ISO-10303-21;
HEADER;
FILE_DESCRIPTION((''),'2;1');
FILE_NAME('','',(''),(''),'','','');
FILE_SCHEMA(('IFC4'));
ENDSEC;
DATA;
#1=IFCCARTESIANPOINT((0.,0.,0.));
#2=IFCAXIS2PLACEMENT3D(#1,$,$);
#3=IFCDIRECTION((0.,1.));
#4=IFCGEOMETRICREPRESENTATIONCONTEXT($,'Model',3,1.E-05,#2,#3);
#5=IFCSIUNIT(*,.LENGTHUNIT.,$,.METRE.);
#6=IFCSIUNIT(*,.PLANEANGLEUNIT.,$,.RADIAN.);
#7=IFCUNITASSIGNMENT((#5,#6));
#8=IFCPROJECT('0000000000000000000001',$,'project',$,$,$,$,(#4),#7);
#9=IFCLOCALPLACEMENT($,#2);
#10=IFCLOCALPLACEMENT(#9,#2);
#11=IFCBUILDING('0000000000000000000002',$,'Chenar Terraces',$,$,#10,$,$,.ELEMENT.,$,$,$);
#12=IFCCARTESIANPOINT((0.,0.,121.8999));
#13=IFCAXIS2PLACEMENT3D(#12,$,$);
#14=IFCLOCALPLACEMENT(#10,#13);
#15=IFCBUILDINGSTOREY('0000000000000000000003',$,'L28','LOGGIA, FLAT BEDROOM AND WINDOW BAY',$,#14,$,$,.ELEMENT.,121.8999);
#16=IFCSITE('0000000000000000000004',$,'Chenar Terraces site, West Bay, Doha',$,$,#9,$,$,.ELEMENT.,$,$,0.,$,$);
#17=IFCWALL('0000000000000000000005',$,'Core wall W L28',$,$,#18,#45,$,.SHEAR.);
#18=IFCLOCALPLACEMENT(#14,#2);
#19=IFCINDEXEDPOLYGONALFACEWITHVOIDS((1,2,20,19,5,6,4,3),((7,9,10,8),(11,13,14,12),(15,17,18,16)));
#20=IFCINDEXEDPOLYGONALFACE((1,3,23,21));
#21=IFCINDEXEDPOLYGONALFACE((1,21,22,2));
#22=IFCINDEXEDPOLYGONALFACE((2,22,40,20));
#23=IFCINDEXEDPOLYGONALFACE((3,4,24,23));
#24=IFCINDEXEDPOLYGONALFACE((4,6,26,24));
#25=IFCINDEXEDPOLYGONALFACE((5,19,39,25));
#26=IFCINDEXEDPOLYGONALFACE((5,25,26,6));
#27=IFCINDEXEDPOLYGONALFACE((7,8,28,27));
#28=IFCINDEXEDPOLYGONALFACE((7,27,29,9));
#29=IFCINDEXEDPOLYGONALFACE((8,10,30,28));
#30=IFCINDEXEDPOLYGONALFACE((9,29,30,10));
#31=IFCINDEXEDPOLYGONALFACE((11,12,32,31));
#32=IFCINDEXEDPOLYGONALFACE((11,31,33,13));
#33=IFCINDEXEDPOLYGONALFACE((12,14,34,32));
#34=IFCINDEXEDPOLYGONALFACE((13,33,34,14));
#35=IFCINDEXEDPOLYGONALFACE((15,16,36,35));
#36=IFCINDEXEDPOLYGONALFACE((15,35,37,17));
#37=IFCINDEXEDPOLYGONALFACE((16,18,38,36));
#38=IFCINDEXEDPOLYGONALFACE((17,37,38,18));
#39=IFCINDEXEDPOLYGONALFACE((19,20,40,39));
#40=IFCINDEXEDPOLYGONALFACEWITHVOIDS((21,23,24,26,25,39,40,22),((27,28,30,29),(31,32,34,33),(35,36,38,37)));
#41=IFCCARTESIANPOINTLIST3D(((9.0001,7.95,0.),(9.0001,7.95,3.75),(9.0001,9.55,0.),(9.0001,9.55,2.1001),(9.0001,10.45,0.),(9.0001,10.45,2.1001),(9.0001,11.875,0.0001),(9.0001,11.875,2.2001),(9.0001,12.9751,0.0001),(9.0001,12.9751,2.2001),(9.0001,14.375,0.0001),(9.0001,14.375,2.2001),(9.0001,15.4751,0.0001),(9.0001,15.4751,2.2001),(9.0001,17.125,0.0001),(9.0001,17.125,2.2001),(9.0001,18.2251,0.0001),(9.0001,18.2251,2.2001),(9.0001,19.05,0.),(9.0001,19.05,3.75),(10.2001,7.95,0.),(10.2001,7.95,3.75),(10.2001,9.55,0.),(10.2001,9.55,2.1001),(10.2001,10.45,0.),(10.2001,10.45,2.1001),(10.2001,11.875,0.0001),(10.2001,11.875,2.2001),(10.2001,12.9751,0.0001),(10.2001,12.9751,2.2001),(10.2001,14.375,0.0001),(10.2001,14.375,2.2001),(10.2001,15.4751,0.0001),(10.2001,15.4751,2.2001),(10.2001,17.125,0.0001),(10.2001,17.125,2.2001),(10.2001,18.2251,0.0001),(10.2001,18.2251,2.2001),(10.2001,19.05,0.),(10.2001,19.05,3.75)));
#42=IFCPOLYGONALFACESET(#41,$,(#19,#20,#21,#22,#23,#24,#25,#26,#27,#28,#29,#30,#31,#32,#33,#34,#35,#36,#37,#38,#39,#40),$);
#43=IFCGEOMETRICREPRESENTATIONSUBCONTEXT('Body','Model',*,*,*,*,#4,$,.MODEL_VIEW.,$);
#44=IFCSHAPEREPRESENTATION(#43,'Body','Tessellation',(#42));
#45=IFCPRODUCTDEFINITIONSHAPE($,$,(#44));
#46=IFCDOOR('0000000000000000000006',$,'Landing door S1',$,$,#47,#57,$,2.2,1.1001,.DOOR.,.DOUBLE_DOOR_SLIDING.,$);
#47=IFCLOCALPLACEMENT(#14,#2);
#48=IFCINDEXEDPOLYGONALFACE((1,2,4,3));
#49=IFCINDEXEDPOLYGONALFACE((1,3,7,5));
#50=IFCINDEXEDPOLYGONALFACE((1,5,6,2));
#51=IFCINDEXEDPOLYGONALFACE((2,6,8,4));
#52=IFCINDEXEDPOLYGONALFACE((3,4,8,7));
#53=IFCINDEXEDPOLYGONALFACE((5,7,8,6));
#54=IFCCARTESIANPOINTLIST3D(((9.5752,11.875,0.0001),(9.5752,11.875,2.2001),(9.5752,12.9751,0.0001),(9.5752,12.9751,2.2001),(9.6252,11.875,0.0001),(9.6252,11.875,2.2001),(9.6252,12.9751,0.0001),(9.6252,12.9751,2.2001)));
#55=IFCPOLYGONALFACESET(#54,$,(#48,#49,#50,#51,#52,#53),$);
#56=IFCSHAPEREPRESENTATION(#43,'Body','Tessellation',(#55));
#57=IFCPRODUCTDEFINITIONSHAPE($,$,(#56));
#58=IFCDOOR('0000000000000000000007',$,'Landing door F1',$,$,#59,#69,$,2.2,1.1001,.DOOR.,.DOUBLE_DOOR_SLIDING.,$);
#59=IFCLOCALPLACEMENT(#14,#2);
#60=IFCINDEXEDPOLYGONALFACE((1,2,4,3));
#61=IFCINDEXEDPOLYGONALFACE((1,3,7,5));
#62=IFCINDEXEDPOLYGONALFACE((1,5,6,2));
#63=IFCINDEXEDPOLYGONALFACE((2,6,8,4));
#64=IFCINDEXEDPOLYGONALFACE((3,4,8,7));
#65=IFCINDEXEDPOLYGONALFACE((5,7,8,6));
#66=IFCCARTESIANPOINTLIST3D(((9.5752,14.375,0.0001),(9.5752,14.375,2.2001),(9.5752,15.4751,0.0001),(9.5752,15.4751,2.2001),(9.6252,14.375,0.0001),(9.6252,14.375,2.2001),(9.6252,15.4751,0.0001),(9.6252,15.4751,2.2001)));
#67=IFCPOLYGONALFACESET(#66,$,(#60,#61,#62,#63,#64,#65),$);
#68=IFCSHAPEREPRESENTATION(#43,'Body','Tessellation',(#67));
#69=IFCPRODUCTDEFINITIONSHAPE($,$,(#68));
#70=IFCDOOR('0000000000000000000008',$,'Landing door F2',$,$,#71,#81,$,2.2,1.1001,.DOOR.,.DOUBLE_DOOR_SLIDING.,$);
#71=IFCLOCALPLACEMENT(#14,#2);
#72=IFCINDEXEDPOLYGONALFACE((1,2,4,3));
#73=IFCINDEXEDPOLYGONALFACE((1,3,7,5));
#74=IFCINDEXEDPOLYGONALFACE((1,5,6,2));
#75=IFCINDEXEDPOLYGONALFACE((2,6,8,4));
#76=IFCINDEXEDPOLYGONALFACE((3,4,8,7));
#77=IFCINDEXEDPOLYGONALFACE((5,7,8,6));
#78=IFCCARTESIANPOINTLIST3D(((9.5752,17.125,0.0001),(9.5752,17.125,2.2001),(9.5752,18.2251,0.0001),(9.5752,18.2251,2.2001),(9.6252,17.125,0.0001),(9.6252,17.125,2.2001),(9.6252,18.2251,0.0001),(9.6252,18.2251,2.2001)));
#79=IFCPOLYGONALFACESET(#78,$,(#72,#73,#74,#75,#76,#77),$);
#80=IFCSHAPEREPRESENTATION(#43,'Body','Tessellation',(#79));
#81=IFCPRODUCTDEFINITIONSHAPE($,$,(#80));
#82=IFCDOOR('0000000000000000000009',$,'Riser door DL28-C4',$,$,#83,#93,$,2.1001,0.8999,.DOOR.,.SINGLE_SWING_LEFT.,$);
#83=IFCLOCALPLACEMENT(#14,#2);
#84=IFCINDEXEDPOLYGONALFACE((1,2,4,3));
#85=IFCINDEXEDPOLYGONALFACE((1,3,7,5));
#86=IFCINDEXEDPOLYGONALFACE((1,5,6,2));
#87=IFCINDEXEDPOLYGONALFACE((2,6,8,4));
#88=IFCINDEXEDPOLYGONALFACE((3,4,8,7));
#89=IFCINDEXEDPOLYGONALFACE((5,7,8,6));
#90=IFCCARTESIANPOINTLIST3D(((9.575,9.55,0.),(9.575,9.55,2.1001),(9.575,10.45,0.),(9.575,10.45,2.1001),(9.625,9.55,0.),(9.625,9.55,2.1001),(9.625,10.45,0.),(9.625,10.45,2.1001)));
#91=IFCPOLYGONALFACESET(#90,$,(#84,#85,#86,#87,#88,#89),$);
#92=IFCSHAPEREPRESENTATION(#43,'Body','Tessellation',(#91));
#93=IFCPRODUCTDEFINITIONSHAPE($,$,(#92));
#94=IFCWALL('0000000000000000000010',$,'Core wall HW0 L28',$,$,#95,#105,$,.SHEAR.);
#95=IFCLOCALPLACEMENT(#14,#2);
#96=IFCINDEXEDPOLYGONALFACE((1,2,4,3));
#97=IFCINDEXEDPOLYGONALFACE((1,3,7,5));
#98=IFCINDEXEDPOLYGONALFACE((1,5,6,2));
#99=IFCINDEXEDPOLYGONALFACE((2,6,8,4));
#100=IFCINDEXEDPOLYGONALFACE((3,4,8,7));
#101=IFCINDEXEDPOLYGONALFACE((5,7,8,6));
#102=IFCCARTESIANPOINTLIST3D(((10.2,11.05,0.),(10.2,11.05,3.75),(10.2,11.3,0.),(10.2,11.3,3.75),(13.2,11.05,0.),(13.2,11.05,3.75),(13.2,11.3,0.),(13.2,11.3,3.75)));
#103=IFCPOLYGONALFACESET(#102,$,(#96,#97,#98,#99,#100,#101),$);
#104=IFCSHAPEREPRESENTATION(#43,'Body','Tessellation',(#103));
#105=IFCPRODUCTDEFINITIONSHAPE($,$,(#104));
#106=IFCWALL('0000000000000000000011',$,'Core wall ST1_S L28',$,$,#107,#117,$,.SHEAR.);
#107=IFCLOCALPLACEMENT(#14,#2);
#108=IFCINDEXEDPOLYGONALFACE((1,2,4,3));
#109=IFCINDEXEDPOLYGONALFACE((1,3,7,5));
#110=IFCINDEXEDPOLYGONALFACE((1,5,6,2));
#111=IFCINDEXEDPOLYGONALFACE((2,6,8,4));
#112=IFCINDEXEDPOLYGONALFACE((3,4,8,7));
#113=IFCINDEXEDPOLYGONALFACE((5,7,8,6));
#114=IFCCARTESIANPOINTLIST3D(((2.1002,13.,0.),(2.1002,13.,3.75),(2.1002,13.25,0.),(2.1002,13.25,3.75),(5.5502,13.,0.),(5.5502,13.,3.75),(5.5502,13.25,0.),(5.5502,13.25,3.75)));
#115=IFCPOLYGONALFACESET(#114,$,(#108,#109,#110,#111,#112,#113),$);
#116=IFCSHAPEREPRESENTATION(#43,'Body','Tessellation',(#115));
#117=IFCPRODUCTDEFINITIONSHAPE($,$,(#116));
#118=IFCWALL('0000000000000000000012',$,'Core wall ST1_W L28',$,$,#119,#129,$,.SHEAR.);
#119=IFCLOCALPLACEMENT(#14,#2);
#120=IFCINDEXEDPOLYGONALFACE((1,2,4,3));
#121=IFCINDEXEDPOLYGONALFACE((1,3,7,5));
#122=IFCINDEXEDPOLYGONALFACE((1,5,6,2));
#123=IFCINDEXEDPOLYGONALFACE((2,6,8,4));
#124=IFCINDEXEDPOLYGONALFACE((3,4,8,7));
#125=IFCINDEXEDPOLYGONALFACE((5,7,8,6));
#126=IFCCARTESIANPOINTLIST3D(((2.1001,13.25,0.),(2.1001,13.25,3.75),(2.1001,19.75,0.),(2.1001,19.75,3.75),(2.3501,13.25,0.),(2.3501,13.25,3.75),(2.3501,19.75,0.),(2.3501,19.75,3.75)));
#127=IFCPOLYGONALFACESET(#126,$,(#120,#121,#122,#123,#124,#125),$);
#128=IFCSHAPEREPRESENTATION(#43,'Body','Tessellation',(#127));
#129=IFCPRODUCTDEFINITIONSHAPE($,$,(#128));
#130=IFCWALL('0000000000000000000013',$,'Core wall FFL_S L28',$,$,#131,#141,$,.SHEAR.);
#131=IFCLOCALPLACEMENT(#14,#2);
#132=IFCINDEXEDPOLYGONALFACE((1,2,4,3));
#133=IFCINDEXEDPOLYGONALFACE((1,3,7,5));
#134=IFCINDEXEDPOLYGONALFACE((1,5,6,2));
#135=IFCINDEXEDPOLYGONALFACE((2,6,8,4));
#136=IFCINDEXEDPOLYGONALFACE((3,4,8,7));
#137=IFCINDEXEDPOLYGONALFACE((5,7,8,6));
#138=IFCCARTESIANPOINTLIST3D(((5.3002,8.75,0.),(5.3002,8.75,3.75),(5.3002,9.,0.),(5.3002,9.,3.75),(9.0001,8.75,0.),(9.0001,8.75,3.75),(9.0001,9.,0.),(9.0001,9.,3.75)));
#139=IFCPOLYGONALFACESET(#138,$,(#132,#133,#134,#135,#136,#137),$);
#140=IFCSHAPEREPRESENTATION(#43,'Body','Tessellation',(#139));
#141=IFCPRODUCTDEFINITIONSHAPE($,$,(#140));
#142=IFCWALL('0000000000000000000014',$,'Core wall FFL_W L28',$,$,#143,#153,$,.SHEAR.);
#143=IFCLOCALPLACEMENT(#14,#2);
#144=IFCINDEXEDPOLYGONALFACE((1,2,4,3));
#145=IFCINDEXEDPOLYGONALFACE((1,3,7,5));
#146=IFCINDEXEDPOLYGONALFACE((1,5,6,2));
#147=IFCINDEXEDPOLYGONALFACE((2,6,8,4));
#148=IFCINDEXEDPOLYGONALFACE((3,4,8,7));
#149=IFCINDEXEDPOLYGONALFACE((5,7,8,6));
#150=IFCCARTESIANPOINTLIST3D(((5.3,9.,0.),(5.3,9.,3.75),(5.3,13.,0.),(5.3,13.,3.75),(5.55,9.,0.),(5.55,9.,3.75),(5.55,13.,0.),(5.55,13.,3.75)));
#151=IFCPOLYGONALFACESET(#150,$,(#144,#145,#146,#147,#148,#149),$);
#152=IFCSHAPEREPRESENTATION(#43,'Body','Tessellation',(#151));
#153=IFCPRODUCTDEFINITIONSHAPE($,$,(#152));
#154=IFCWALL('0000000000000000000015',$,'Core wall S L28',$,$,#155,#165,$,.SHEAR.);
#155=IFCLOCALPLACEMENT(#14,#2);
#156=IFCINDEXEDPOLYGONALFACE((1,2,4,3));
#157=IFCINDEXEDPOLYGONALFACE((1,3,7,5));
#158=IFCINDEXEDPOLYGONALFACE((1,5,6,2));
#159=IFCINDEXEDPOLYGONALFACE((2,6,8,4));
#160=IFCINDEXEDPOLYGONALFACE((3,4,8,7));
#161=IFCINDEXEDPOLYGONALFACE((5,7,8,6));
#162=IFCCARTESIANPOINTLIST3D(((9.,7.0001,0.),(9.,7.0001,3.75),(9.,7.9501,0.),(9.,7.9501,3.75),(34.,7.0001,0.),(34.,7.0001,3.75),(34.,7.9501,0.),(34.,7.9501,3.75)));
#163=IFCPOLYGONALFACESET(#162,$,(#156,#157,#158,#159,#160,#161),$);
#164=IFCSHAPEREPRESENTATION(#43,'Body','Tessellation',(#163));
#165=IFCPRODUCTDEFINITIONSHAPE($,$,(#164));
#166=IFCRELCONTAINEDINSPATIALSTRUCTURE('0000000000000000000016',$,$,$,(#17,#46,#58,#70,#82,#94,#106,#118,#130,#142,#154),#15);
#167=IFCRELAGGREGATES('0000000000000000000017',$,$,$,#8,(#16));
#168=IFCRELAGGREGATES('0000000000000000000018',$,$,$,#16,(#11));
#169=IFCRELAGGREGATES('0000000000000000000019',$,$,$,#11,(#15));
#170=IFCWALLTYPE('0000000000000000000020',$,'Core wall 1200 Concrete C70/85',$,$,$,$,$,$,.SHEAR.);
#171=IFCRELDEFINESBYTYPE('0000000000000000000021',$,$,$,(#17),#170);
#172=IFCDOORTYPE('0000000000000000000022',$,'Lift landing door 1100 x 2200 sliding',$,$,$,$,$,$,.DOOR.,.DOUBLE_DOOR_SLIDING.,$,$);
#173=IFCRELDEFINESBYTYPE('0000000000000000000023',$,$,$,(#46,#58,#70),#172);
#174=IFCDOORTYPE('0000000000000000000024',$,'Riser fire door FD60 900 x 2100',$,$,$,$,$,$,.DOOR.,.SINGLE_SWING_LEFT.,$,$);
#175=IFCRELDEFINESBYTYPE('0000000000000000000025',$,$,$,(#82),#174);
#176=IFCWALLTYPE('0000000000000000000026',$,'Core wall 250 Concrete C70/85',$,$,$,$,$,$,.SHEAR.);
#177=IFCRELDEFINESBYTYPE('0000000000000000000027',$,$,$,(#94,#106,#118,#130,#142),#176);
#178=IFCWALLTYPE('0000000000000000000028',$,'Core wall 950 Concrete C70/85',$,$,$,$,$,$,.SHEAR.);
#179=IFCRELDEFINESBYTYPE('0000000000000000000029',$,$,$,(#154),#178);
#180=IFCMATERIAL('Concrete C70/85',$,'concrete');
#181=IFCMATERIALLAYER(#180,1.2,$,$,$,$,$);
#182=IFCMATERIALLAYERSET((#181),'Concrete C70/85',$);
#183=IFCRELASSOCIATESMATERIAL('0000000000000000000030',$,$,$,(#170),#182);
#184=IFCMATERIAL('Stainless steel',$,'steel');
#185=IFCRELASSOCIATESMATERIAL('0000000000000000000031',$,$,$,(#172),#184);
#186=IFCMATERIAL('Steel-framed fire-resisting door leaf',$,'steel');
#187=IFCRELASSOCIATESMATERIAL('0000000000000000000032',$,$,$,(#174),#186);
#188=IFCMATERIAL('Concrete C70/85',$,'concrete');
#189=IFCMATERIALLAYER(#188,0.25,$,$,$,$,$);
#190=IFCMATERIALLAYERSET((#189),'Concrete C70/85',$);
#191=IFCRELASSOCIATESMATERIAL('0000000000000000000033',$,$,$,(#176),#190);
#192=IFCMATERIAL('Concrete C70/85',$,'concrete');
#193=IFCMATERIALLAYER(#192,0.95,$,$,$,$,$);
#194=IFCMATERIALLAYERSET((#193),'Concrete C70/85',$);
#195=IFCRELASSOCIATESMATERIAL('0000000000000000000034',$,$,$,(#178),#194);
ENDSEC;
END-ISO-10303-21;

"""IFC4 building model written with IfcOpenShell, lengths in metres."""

from ifc_helpers import new_model, si_unit, direction, frame, frame_2d, origin, place, context, subcontext, project, spatial, rectangle, extrude, material, layer, layer_set, type_object, element, fill, save


model = new_model("IFC4")

# Units and contexts
model_context = context("Model", 3, precision=1e-05, world=origin(), true_north=direction((0.0, 1.0)))
body_context = subcontext(model_context, "Body", "Model", "MODEL_VIEW")
ifc_project = project(units=[si_unit("LENGTHUNIT", "METRE"), si_unit("PLANEANGLEUNIT", "RADIAN")], contexts=[model_context])

# Site, building, storey
site_placement = place(None, origin())
site = spatial("IfcSite", under=ifc_project, at=site_placement, Name="Chenar Terraces site, West Bay, Doha", CompositionType="ELEMENT", RefElevation=0.0)
building_placement = place(site_placement, origin())
building = spatial("IfcBuilding", under=site, at=building_placement, Name="Chenar Terraces", CompositionType="ELEMENT")
storey_placement = place(building_placement, frame((0.0, 0.0, 121.8999)))
storey = spatial("IfcBuildingStorey", under=building, at=storey_placement, Name="L28", Description="LOGGIA, FLAT BEDROOM AND WINDOW BAY", CompositionType="ELEMENT", Elevation=121.8999)

# Wall, openings, doors
ifc_material_1 = material(Name="Concrete C70/85", Category="concrete")
ifc_layer_1 = layer(ifc_material_1, 1.2)
ifc_layer_set_1 = layer_set([ifc_layer_1], Name="Concrete C70/85")
wall_type_1 = type_object("IfcWallType", Name="Core wall 1200 Concrete C70/85", PredefinedType="SHEAR", material=ifc_layer_set_1)
wall_1_placement = place(storey_placement, frame((9.6001, 7.95, 0.0), z_axis=(0.0, 0.0, 1.0), x_axis=(0.0, 1.0, 0.0)))
wall_1 = element("IfcWall", 1, at=wall_1_placement, inside=storey, type_object=wall_type_1, Name="Core wall W L28", PredefinedType="SHEAR", context=body_context, shape_type="SweptSolid", body=[
    extrude(rectangle(XDim=11.1001, YDim=1.2, at=frame_2d((5.55, 0.0))), origin(), (0.0, 0.0, 1.0), 3.75),
])
opening_1_placement = place(wall_1_placement, frame((3.925, 0.0, 0.0)))
opening_1 = element("IfcOpeningElement", 2, at=opening_1_placement, cuts=wall_1, PredefinedType="OPENING", context=body_context, shape_type="SweptSolid", body=[
    extrude(rectangle(XDim=1.1001, YDim=2.2, at=frame_2d((0.55, 1.1001))), frame((0.0, 0.6099, 0.0), z_axis=(0.0, -1.0, 0.0), x_axis=(1.0, 0.0, 0.0)), (0.0, 0.0, 1.0), 1.22),
])
opening_2_placement = place(wall_1_placement, frame((6.425, 0.0, 0.0)))
opening_2 = element("IfcOpeningElement", 3, at=opening_2_placement, cuts=wall_1, PredefinedType="OPENING", context=body_context, shape_type="SweptSolid", body=[
    extrude(rectangle(XDim=1.1001, YDim=2.2, at=frame_2d((0.55, 1.1001))), frame((0.0, 0.6099, 0.0), z_axis=(0.0, -1.0, 0.0), x_axis=(1.0, 0.0, 0.0)), (0.0, 0.0, 1.0), 1.22),
])
opening_3_placement = place(wall_1_placement, frame((9.175, 0.0, 0.0)))
opening_3 = element("IfcOpeningElement", 4, at=opening_3_placement, cuts=wall_1, PredefinedType="OPENING", context=body_context, shape_type="SweptSolid", body=[
    extrude(rectangle(XDim=1.1001, YDim=2.2, at=frame_2d((0.55, 1.1001))), frame((0.0, 0.6099, 0.0), z_axis=(0.0, -1.0, 0.0), x_axis=(1.0, 0.0, 0.0)), (0.0, 0.0, 1.0), 1.22),
])
opening_4_placement = place(wall_1_placement, frame((1.6001, 0.0, 0.0)))
opening_4 = element("IfcOpeningElement", 5, at=opening_4_placement, cuts=wall_1, PredefinedType="OPENING", context=body_context, shape_type="SweptSolid", body=[
    extrude(rectangle(XDim=0.8999, YDim=2.1001, at=frame_2d((0.45, 1.05))), frame((0.0, 0.6099, 0.0), z_axis=(0.0, -1.0, 0.0), x_axis=(1.0, 0.0, 0.0)), (0.0, 0.0, 1.0), 1.22),
])
ifc_material_2 = material(Name="Stainless steel", Category="steel")
door_type_1 = type_object("IfcDoorType", Name="Lift landing door 1100 x 2200 sliding", OperationType="DOUBLE_DOOR_SLIDING", PredefinedType="DOOR", material=ifc_material_2)
door_1_placement = place(opening_1_placement, origin())
door_1 = element("IfcDoor", 6, at=door_1_placement, inside=storey, type_object=door_type_1, Name="Landing door S1", OperationType="DOUBLE_DOOR_SLIDING", OverallHeight=2.2, OverallWidth=1.1001, PredefinedType="DOOR", context=body_context, shape_type="SweptSolid", body=[
    extrude(rectangle(XDim=1.1001, YDim=2.2, at=frame_2d((0.55, 1.1001))), frame((0.0, 0.0249, 0.0), z_axis=(0.0, -1.0, 0.0), x_axis=(1.0, 0.0, 0.0)), (0.0, 0.0, 1.0), 0.05),
])
fill(opening_1, door_1)
door_2_placement = place(opening_2_placement, origin())
door_2 = element("IfcDoor", 7, at=door_2_placement, inside=storey, type_object=door_type_1, Name="Landing door F1", OperationType="DOUBLE_DOOR_SLIDING", OverallHeight=2.2, OverallWidth=1.1001, PredefinedType="DOOR", context=body_context, shape_type="SweptSolid", body=[
    extrude(rectangle(XDim=1.1001, YDim=2.2, at=frame_2d((0.55, 1.1001))), frame((0.0, 0.0249, 0.0), z_axis=(0.0, -1.0, 0.0), x_axis=(1.0, 0.0, 0.0)), (0.0, 0.0, 1.0), 0.05),
])
fill(opening_2, door_2)
door_3_placement = place(opening_3_placement, origin())
door_3 = element("IfcDoor", 8, at=door_3_placement, inside=storey, type_object=door_type_1, Name="Landing door F2", OperationType="DOUBLE_DOOR_SLIDING", OverallHeight=2.2, OverallWidth=1.1001, PredefinedType="DOOR", context=body_context, shape_type="SweptSolid", body=[
    extrude(rectangle(XDim=1.1001, YDim=2.2, at=frame_2d((0.55, 1.1001))), frame((0.0, 0.0249, 0.0), z_axis=(0.0, -1.0, 0.0), x_axis=(1.0, 0.0, 0.0)), (0.0, 0.0, 1.0), 0.05),
])
fill(opening_3, door_3)
ifc_material_3 = material(Name="Steel-framed fire-resisting door leaf", Category="steel")
door_type_2 = type_object("IfcDoorType", Name="Riser fire door FD60 900 x 2100", OperationType="SINGLE_SWING_LEFT", PredefinedType="DOOR", material=ifc_material_3)
door_4_placement = place(opening_4_placement, frame((0.8999, 0.0, 0.0), z_axis=(0.0, 0.0, 1.0), x_axis=(-1.0, 0.0, 0.0)))
door_4 = element("IfcDoor", 9, at=door_4_placement, inside=storey, type_object=door_type_2, Name="Riser door DL28-C4", OperationType="SINGLE_SWING_LEFT", OverallHeight=2.1001, OverallWidth=0.8999, PredefinedType="DOOR", context=body_context, shape_type="SweptSolid", body=[
    extrude(rectangle(XDim=0.8999, YDim=2.1001, at=frame_2d((0.45, 1.05))), frame((0.0, 0.0249, 0.0), z_axis=(0.0, -1.0, 0.0), x_axis=(1.0, 0.0, 0.0)), (0.0, 0.0, 1.0), 0.05),
])
fill(opening_4, door_4)

# Walls
ifc_material_4 = material(Name="Concrete C70/85", Category="concrete")
ifc_layer_2 = layer(ifc_material_4, 0.25)
ifc_layer_set_2 = layer_set([ifc_layer_2], Name="Concrete C70/85")
wall_type_2 = type_object("IfcWallType", Name="Core wall 250 Concrete C70/85", PredefinedType="SHEAR", material=ifc_layer_set_2)
wall_2_placement = place(storey_placement, frame((10.2, 11.175, 0.0), z_axis=(0.0, 0.0, 1.0), x_axis=(1.0, 0.0, 0.0)))
element("IfcWall", 10, at=wall_2_placement, inside=storey, type_object=wall_type_2, Name="Core wall HW0 L28", PredefinedType="SHEAR", context=body_context, shape_type="SweptSolid", body=[
    extrude(rectangle(XDim=3.0, YDim=0.25, at=frame_2d((1.5, 0.0))), origin(), (0.0, 0.0, 1.0), 3.75),
])
wall_3_placement = place(storey_placement, frame((2.1001, 13.125, 0.0), z_axis=(0.0, 0.0, 1.0), x_axis=(1.0, 0.0, 0.0)))
element("IfcWall", 11, at=wall_3_placement, inside=storey, type_object=wall_type_2, Name="Core wall ST1_S L28", PredefinedType="SHEAR", context=body_context, shape_type="SweptSolid", body=[
    extrude(rectangle(XDim=3.45, YDim=0.25, at=frame_2d((1.7251, 0.0))), origin(), (0.0, 0.0, 1.0), 3.75),
])
wall_4_placement = place(storey_placement, frame((2.2251, 13.25, 0.0), z_axis=(0.0, 0.0, 1.0), x_axis=(0.0, 1.0, 0.0)))
element("IfcWall", 12, at=wall_4_placement, inside=storey, type_object=wall_type_2, Name="Core wall ST1_W L28", PredefinedType="SHEAR", context=body_context, shape_type="SweptSolid", body=[
    extrude(rectangle(XDim=6.5, YDim=0.25, at=frame_2d((3.25, 0.0))), origin(), (0.0, 0.0, 1.0), 3.75),
])
wall_5_placement = place(storey_placement, frame((5.3, 8.875, 0.0), z_axis=(0.0, 0.0, 1.0), x_axis=(1.0, 0.0, 0.0)))
element("IfcWall", 13, at=wall_5_placement, inside=storey, type_object=wall_type_2, Name="Core wall FFL_S L28", PredefinedType="SHEAR", context=body_context, shape_type="SweptSolid", body=[
    extrude(rectangle(XDim=3.7, YDim=0.25, at=frame_2d((1.8501, 0.0))), origin(), (0.0, 0.0, 1.0), 3.75),
])
wall_6_placement = place(storey_placement, frame((5.425, 9.0, 0.0), z_axis=(0.0, 0.0, 1.0), x_axis=(0.0, 1.0, 0.0)))
element("IfcWall", 14, at=wall_6_placement, inside=storey, type_object=wall_type_2, Name="Core wall FFL_W L28", PredefinedType="SHEAR", context=body_context, shape_type="SweptSolid", body=[
    extrude(rectangle(XDim=4.0, YDim=0.25, at=frame_2d((2.0, 0.0))), origin(), (0.0, 0.0, 1.0), 3.75),
])
ifc_material_5 = material(Name="Concrete C70/85", Category="concrete")
ifc_layer_3 = layer(ifc_material_5, 0.95)
ifc_layer_set_3 = layer_set([ifc_layer_3], Name="Concrete C70/85")
wall_type_3 = type_object("IfcWallType", Name="Core wall 950 Concrete C70/85", PredefinedType="SHEAR", material=ifc_layer_set_3)
wall_7_placement = place(storey_placement, frame((9.0, 7.4751, 0.0), z_axis=(0.0, 0.0, 1.0), x_axis=(1.0, 0.0, 0.0)))
element("IfcWall", 15, at=wall_7_placement, inside=storey, type_object=wall_type_3, Name="Core wall S L28", PredefinedType="SHEAR", context=body_context, shape_type="SweptSolid", body=[
    extrude(rectangle(XDim=25.0, YDim=0.95, at=frame_2d((12.5, 0.0))), origin(), (0.0, 0.0, 1.0), 3.75),
])

save(model, "model.ifc")
